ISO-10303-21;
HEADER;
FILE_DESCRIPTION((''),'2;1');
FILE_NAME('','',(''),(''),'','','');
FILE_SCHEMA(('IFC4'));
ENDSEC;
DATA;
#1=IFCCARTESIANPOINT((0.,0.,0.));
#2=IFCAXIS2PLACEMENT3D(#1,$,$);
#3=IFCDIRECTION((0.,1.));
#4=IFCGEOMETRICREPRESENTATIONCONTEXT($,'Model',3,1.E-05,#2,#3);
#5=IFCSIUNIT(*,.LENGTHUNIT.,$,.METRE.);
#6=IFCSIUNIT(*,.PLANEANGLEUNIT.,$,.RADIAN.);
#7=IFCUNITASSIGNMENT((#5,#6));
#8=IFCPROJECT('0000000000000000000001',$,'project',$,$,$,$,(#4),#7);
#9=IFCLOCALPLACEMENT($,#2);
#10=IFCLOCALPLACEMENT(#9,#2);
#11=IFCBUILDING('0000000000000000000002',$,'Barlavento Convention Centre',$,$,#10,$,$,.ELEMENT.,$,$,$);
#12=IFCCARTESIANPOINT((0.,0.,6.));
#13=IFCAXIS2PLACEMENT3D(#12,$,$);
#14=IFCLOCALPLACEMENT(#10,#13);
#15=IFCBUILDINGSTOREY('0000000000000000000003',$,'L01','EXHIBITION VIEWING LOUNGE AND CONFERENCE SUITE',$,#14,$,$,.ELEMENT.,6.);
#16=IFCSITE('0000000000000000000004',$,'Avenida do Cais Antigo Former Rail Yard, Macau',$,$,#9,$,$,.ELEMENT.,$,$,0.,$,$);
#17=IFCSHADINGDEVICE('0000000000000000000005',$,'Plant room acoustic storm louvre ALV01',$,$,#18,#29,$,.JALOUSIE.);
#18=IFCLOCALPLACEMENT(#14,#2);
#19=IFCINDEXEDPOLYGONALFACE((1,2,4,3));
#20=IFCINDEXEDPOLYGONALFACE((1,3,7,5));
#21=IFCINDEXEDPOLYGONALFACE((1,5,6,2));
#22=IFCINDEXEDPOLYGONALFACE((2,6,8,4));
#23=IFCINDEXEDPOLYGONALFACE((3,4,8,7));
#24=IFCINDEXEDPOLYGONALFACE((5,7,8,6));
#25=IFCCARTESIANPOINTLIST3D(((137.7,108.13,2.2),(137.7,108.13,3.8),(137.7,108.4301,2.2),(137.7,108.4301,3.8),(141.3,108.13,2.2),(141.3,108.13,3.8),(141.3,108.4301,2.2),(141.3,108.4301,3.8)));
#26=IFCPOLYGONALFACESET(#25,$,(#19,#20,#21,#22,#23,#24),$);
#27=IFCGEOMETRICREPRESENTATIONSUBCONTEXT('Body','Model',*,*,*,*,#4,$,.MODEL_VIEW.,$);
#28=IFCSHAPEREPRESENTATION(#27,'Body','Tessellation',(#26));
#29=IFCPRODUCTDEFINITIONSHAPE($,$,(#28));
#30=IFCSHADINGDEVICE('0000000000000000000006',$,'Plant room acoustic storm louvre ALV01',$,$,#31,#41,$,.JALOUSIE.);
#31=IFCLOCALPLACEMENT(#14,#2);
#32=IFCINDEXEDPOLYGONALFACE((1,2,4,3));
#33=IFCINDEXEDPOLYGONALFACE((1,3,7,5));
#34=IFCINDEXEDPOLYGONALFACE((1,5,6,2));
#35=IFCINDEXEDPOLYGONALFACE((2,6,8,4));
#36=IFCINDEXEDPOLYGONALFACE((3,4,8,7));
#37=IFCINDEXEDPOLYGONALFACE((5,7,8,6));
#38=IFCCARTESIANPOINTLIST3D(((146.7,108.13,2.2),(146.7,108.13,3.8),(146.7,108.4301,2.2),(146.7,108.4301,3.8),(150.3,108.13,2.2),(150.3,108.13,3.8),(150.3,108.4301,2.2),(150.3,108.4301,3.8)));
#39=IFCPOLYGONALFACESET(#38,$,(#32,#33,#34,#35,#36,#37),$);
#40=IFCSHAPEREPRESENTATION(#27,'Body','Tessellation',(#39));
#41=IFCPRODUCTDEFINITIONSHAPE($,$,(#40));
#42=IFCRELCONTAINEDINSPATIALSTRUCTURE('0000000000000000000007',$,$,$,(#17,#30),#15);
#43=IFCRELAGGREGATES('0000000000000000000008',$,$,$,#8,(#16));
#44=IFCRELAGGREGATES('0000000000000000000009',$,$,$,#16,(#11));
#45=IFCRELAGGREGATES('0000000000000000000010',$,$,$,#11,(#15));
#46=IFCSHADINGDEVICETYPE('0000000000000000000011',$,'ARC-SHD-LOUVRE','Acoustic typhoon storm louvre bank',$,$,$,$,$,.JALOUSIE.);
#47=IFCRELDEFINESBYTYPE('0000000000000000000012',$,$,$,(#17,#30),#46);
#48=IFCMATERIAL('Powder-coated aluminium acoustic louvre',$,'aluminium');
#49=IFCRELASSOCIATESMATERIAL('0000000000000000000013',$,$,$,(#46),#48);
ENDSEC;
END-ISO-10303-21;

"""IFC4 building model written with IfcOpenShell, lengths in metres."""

from ifc_helpers import new_model, si_unit, direction, frame, origin, origin_2d, place, context, subcontext, project, spatial, rectangle, extrude, material, type_object, element, save


model = new_model("IFC4")

# Units and contexts
model_context = context("Model", 3, precision=1e-05, world=origin(), true_north=direction((0.0, 1.0)))
body_context = subcontext(model_context, "Body", "Model", "MODEL_VIEW")
ifc_project = project(units=[si_unit("LENGTHUNIT", "METRE"), si_unit("PLANEANGLEUNIT", "RADIAN")], contexts=[model_context])

# Site, building, storey
site_placement = place(None, origin())
site = spatial("IfcSite", under=ifc_project, at=site_placement, Name="Avenida do Cais Antigo Former Rail Yard, Macau", CompositionType="ELEMENT", RefElevation=0.0)
building_placement = place(site_placement, origin())
building = spatial("IfcBuilding", under=site, at=building_placement, Name="Barlavento Convention Centre", CompositionType="ELEMENT")
storey_placement = place(building_placement, frame((0.0, 0.0, 6.0)))
storey = spatial("IfcBuildingStorey", under=building, at=storey_placement, Name="L01", Description="EXHIBITION VIEWING LOUNGE AND CONFERENCE SUITE", CompositionType="ELEMENT", Elevation=6.0)

# Shading devices
ifc_material_1 = material(Name="Powder-coated aluminium acoustic louvre", Category="aluminium")
shading_device_type = type_object("IfcShadingDeviceType", Name="ARC-SHD-LOUVRE", Description="Acoustic typhoon storm louvre bank", PredefinedType="JALOUSIE", material=ifc_material_1)
for number, where, z_axis, x_axis, name in (
    (1, (139.5, 108.28, 2.2), (0.0, 0.0, 1.0), (1.0, 0.0, 0.0), "Plant room acoustic storm louvre ALV01"),
    (2, (148.5, 108.28, 2.2), (0.0, 0.0, 1.0), (1.0, 0.0, 0.0), "Plant room acoustic storm louvre ALV01"),
):
    element("IfcShadingDevice", number, at=place(storey_placement, frame(where, z_axis=z_axis, x_axis=x_axis)), inside=storey, type_object=shading_device_type, Name=name, PredefinedType="JALOUSIE", context=body_context, shape_type="SweptSolid", body=[
        extrude(rectangle(XDim=3.6001, YDim=0.3, at=origin_2d()), origin(), (0.0, 0.0, 1.0), 1.6001),
    ])

save(model, "model.ifc")
